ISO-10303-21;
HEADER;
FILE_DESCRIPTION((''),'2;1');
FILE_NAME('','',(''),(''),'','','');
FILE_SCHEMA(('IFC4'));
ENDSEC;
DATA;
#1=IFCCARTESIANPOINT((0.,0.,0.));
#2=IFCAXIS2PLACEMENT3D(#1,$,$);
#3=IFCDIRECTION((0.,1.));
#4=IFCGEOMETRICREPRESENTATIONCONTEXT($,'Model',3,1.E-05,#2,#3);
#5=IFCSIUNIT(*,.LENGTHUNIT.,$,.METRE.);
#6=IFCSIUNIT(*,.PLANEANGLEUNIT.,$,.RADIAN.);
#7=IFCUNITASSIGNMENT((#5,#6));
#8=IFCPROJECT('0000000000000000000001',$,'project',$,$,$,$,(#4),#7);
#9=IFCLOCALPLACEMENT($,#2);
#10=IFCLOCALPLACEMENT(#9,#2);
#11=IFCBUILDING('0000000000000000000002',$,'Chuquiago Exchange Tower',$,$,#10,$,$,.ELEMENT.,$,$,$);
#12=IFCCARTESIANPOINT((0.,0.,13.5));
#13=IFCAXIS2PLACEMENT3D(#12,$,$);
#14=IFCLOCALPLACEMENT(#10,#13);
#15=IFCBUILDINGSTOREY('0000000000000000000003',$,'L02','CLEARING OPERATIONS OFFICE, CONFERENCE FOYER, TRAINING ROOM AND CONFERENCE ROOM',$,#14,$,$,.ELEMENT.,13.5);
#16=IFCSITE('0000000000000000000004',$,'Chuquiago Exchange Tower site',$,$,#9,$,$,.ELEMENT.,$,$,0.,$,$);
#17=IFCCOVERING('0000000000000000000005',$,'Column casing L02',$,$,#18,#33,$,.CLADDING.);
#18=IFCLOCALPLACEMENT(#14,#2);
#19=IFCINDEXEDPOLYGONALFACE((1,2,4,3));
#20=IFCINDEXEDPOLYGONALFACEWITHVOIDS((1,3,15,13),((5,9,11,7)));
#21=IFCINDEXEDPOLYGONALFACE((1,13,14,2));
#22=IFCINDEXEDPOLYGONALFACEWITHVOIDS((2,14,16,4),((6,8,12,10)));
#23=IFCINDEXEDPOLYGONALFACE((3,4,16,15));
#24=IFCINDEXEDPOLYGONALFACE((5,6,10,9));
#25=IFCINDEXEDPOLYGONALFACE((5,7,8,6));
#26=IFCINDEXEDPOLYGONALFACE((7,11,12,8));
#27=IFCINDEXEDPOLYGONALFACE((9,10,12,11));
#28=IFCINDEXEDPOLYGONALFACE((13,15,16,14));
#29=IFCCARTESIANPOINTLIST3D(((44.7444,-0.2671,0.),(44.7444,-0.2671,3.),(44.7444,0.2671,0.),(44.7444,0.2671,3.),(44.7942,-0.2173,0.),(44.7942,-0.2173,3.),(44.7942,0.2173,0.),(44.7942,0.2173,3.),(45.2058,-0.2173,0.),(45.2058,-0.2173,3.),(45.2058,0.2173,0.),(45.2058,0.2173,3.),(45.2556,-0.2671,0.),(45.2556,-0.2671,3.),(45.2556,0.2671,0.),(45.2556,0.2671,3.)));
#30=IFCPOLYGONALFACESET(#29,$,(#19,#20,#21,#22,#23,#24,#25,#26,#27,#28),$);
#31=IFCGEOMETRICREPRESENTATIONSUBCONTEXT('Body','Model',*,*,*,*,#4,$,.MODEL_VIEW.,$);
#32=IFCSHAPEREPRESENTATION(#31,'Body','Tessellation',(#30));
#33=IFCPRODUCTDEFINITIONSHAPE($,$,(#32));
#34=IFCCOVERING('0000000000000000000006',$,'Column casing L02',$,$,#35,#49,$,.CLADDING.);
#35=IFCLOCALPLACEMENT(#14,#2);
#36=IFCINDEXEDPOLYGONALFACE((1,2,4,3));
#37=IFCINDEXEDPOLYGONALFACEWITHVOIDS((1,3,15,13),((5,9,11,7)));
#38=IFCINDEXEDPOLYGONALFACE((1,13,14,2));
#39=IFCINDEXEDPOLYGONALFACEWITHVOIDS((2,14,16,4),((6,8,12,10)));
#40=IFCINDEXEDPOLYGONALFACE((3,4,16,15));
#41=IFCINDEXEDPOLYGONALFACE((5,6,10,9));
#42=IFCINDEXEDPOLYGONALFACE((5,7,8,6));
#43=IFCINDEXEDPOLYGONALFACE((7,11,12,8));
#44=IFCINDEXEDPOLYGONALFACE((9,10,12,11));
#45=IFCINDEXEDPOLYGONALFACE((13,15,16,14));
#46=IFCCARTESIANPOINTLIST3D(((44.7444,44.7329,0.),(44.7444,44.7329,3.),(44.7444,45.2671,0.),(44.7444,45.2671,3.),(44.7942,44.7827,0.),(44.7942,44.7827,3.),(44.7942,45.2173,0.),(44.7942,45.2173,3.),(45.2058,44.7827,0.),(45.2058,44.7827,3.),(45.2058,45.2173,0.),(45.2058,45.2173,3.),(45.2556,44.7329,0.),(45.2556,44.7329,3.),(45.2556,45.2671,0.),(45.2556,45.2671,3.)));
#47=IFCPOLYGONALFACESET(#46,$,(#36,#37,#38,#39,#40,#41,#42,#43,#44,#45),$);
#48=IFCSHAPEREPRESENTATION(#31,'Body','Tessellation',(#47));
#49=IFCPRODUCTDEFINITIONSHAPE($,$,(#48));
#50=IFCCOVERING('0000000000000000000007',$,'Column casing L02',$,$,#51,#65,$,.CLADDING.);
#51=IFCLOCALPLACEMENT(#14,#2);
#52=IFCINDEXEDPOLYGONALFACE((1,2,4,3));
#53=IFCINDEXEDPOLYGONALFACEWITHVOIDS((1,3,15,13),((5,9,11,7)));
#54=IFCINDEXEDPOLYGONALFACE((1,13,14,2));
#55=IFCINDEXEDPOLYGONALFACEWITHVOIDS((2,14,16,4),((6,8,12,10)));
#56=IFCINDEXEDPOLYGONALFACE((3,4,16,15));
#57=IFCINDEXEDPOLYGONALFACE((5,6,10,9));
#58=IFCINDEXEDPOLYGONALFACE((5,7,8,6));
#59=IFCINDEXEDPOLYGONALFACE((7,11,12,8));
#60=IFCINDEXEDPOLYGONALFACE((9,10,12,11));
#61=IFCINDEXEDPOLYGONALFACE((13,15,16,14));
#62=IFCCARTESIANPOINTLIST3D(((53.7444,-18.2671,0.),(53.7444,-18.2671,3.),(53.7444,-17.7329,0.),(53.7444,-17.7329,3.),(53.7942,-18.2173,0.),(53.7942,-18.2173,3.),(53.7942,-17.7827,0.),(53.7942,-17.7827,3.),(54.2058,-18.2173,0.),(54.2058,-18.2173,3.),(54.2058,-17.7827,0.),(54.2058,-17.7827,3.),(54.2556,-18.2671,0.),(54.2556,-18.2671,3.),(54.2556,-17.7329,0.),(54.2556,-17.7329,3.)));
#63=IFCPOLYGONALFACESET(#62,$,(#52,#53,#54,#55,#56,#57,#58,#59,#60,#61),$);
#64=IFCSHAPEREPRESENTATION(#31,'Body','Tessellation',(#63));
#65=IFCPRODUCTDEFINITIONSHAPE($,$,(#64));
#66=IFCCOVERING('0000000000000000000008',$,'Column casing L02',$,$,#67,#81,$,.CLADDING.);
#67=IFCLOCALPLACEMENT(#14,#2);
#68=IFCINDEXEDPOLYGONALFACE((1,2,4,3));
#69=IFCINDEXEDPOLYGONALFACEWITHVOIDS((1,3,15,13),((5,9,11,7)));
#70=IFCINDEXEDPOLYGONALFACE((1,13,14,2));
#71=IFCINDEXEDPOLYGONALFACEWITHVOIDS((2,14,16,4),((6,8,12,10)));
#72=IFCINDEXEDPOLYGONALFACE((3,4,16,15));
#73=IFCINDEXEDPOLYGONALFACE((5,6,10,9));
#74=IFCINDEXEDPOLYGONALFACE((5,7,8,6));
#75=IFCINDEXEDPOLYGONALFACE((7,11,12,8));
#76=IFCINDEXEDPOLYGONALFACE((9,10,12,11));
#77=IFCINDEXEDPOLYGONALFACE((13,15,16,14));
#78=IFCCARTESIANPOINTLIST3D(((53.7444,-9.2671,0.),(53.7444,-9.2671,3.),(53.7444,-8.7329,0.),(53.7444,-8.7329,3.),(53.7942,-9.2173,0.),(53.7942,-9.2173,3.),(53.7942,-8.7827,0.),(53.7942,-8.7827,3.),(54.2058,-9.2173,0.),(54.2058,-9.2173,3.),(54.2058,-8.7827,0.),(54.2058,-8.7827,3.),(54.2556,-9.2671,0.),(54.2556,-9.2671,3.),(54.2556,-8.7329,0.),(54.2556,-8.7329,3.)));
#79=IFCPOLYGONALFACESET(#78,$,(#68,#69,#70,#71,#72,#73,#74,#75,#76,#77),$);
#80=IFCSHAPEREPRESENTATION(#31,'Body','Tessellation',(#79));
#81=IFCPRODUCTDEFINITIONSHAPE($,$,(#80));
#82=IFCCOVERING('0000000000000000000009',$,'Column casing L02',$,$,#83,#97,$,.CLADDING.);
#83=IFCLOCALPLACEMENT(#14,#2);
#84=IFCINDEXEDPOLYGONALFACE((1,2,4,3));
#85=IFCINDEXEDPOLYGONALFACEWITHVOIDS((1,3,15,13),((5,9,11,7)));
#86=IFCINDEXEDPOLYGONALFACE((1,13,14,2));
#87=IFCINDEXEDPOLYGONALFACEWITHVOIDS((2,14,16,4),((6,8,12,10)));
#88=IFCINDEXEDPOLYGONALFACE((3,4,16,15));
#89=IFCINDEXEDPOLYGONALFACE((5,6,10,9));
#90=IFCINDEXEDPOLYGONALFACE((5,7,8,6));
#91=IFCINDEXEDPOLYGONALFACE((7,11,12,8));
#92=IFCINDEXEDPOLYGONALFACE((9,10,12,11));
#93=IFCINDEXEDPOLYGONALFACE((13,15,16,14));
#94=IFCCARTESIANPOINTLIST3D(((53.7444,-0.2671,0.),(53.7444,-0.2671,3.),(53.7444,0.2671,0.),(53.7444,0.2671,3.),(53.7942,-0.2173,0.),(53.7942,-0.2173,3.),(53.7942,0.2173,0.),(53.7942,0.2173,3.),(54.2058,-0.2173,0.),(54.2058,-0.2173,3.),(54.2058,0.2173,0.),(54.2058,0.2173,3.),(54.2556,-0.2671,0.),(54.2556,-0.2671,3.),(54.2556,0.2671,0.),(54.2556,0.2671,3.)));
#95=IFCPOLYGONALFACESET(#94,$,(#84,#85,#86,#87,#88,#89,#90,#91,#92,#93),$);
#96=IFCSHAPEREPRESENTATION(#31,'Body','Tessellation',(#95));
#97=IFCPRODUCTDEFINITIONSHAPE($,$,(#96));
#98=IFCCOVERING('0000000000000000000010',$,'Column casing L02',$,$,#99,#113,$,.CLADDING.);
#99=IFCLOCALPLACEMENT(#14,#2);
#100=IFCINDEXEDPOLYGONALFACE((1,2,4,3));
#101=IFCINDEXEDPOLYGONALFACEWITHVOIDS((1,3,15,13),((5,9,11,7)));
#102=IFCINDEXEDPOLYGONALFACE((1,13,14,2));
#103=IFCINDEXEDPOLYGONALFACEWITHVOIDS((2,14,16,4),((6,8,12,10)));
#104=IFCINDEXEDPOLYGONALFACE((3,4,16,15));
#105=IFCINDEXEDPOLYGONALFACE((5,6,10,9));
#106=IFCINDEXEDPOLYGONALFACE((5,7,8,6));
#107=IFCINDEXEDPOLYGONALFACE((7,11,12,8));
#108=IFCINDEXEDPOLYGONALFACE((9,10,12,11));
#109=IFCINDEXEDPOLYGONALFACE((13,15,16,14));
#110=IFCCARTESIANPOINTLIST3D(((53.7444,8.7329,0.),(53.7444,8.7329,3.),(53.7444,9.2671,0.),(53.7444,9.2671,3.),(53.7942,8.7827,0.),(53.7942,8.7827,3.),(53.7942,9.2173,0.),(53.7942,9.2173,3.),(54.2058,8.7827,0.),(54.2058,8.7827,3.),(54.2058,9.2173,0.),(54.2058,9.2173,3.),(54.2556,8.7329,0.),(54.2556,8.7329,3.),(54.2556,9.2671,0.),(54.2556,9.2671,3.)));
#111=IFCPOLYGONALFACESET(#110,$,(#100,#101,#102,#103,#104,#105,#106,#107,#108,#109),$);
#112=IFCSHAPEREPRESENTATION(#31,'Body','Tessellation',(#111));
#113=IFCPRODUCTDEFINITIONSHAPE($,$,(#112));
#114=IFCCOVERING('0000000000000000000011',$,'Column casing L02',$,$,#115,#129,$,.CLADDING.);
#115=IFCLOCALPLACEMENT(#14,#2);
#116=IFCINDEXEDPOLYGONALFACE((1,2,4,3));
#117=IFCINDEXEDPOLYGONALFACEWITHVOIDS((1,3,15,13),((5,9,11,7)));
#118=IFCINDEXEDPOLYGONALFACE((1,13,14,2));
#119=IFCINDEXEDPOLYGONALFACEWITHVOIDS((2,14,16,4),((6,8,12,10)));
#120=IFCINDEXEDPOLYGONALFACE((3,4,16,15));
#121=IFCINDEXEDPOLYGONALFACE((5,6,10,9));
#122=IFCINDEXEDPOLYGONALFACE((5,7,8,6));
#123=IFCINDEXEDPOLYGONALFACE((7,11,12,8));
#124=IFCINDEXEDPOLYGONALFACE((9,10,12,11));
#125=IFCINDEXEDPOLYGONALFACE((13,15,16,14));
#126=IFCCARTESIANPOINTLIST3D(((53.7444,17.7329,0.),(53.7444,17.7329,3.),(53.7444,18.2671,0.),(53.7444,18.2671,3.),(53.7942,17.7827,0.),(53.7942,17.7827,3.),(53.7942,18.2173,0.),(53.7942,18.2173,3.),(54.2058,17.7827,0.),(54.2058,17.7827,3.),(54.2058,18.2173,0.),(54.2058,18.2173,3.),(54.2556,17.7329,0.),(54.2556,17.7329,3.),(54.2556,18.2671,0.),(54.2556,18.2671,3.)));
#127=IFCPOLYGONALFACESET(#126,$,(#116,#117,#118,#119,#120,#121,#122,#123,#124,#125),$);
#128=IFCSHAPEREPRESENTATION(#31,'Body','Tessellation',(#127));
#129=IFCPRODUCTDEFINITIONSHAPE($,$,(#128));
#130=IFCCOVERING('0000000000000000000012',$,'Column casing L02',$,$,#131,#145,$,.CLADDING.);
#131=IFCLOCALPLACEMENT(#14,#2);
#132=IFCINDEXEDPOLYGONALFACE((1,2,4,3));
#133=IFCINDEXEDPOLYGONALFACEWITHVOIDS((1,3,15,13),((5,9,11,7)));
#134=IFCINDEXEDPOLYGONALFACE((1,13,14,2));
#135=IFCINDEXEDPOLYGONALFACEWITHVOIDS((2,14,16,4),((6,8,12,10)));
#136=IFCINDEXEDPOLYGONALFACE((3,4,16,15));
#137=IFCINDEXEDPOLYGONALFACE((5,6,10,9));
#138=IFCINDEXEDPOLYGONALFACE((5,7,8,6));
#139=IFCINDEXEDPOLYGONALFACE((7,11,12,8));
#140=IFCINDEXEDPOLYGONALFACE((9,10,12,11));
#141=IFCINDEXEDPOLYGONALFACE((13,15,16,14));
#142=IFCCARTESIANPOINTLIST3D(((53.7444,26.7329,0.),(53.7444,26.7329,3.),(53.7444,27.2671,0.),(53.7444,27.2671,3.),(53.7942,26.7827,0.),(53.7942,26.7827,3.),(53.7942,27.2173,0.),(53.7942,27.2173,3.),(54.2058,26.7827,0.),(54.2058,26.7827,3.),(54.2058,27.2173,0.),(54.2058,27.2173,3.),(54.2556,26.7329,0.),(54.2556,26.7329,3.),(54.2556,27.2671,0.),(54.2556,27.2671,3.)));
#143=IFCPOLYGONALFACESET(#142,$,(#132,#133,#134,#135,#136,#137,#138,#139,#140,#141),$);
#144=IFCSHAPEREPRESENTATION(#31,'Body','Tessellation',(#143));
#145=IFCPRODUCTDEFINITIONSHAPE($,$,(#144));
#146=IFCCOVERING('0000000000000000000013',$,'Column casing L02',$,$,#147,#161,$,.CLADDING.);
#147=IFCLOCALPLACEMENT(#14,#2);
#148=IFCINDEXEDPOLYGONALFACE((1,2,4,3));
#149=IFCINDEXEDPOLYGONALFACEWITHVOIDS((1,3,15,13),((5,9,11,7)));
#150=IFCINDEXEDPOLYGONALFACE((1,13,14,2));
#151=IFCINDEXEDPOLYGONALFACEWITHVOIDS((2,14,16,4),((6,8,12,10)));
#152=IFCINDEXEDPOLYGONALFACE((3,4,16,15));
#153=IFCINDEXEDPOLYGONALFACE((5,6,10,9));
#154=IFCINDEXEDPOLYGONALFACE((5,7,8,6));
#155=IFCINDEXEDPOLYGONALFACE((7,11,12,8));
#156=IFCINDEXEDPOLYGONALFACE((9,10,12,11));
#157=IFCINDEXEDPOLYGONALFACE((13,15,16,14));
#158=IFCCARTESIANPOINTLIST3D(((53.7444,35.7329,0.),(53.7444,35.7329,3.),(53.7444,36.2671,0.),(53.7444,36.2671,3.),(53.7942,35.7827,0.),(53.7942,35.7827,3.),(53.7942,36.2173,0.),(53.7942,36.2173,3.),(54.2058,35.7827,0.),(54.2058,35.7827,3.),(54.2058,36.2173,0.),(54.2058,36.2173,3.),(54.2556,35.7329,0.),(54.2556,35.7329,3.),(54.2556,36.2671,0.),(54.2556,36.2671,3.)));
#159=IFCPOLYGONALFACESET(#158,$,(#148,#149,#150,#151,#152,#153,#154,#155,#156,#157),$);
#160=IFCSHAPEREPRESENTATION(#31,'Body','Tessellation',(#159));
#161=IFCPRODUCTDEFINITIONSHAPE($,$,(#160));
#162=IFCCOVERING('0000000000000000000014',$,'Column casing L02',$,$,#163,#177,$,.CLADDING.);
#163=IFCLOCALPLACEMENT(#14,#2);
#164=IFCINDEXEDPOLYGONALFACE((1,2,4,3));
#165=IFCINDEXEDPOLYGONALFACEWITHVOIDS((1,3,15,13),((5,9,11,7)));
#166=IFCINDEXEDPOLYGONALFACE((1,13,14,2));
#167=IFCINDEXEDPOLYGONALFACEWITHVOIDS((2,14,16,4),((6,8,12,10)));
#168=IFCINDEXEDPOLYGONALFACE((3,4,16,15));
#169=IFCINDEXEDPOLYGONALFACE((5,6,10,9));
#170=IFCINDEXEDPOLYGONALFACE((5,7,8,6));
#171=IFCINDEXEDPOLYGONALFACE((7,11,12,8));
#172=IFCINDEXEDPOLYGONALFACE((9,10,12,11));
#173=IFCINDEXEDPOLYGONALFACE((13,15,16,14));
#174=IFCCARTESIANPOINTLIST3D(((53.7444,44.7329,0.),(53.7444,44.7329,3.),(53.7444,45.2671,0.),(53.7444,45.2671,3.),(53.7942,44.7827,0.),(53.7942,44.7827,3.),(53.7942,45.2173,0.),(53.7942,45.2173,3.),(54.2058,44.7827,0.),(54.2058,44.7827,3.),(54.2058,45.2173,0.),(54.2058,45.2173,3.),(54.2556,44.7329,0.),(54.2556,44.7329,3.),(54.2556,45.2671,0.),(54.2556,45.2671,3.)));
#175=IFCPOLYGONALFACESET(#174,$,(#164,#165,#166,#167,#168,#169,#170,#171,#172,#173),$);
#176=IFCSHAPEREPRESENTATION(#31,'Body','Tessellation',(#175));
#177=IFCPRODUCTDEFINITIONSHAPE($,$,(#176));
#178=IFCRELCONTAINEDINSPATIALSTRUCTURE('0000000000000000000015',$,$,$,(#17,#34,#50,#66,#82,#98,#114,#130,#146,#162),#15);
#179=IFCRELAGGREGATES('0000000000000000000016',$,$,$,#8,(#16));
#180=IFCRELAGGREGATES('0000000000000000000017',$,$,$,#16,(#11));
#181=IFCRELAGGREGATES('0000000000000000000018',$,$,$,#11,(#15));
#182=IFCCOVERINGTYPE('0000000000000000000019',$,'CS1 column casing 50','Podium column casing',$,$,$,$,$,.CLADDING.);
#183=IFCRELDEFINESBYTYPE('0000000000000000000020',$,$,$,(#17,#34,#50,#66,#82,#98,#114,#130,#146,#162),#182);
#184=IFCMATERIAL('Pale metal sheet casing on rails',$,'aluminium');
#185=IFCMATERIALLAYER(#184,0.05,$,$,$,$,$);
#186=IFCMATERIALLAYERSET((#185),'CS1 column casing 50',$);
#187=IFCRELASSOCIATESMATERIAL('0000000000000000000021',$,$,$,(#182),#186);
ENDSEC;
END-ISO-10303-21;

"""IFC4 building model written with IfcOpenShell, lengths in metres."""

from ifc_helpers import new_model, si_unit, direction, frame, origin, place, context, subcontext, project, spatial, polyline, outline, extrude, material, layer, layer_set, type_object, element, save


model = new_model("IFC4")

# Units and contexts
model_context = context("Model", 3, precision=1e-05, world=origin(), true_north=direction((0.0, 1.0)))
body_context = subcontext(model_context, "Body", "Model", "MODEL_VIEW")
ifc_project = project(units=[si_unit("LENGTHUNIT", "METRE"), si_unit("PLANEANGLEUNIT", "RADIAN")], contexts=[model_context])

# Site, building, storey
site_placement = place(None, origin())
site = spatial("IfcSite", under=ifc_project, at=site_placement, Name="Chuquiago Exchange Tower site", CompositionType="ELEMENT", RefElevation=0.0)
building_placement = place(site_placement, origin())
building = spatial("IfcBuilding", under=site, at=building_placement, Name="Chuquiago Exchange Tower", CompositionType="ELEMENT")
storey_placement = place(building_placement, frame((0.0, 0.0, 13.5)))
storey = spatial("IfcBuildingStorey", under=building, at=storey_placement, Name="L02", Description="CLEARING OPERATIONS OFFICE, CONFERENCE FOYER, TRAINING ROOM AND CONFERENCE ROOM", CompositionType="ELEMENT", Elevation=13.5)

# Coverings
ifc_material_1 = material(Name="Pale metal sheet casing on rails", Category="aluminium")
ifc_layer = layer(ifc_material_1, 0.05)
ifc_layer_set = layer_set([ifc_layer], Name="CS1 column casing 50")
covering_type = type_object("IfcCoveringType", Name="CS1 column casing 50", Description="Podium column casing", PredefinedType="CLADDING", material=ifc_layer_set)
covering_1_placement = place(storey_placement, origin())
element("IfcCovering", 1, at=covering_1_placement, inside=storey, type_object=covering_type, Name="Column casing L02", PredefinedType="CLADDING", context=body_context, shape_type="SweptSolid", body=[
    extrude(outline(polyline([(44.7444, -0.2671), (45.2556, -0.2671), (45.2556, 0.2671), (44.7444, 0.2671), (44.7444, -0.2671)]), holes=[polyline([(44.7942, -0.2173), (44.7942, 0.2173), (45.2058, 0.2173), (45.2058, -0.2173), (44.7942, -0.2173)])]), origin(), (0.0, 0.0, 1.0), 3.0),
])
covering_2_placement = place(storey_placement, origin())
element("IfcCovering", 2, at=covering_2_placement, inside=storey, type_object=covering_type, Name="Column casing L02", PredefinedType="CLADDING", context=body_context, shape_type="SweptSolid", body=[
    extrude(outline(polyline([(44.7444, 44.7329), (45.2556, 44.7329), (45.2556, 45.2671), (44.7444, 45.2671), (44.7444, 44.7329)]), holes=[polyline([(44.7942, 44.7827), (44.7942, 45.2173), (45.2058, 45.2173), (45.2058, 44.7827), (44.7942, 44.7827)])]), origin(), (0.0, 0.0, 1.0), 3.0),
])
covering_3_placement = place(storey_placement, origin())
element("IfcCovering", 3, at=covering_3_placement, inside=storey, type_object=covering_type, Name="Column casing L02", PredefinedType="CLADDING", context=body_context, shape_type="SweptSolid", body=[
    extrude(outline(polyline([(53.7444, -18.2671), (54.2556, -18.2671), (54.2556, -17.7329), (53.7444, -17.7329), (53.7444, -18.2671)]), holes=[polyline([(53.7942, -18.2173), (53.7942, -17.7827), (54.2058, -17.7827), (54.2058, -18.2173), (53.7942, -18.2173)])]), origin(), (0.0, 0.0, 1.0), 3.0),
])
covering_4_placement = place(storey_placement, origin())
element("IfcCovering", 4, at=covering_4_placement, inside=storey, type_object=covering_type, Name="Column casing L02", PredefinedType="CLADDING", context=body_context, shape_type="SweptSolid", body=[
    extrude(outline(polyline([(53.7444, -9.2671), (54.2556, -9.2671), (54.2556, -8.7329), (53.7444, -8.7329), (53.7444, -9.2671)]), holes=[polyline([(53.7942, -9.2173), (53.7942, -8.7827), (54.2058, -8.7827), (54.2058, -9.2173), (53.7942, -9.2173)])]), origin(), (0.0, 0.0, 1.0), 3.0),
])
covering_5_placement = place(storey_placement, origin())
element("IfcCovering", 5, at=covering_5_placement, inside=storey, type_object=covering_type, Name="Column casing L02", PredefinedType="CLADDING", context=body_context, shape_type="SweptSolid", body=[
    extrude(outline(polyline([(53.7444, -0.2671), (54.2556, -0.2671), (54.2556, 0.2671), (53.7444, 0.2671), (53.7444, -0.2671)]), holes=[polyline([(53.7942, -0.2173), (53.7942, 0.2173), (54.2058, 0.2173), (54.2058, -0.2173), (53.7942, -0.2173)])]), origin(), (0.0, 0.0, 1.0), 3.0),
])
covering_6_placement = place(storey_placement, origin())
element("IfcCovering", 6, at=covering_6_placement, inside=storey, type_object=covering_type, Name="Column casing L02", PredefinedType="CLADDING", context=body_context, shape_type="SweptSolid", body=[
    extrude(outline(polyline([(53.7444, 8.7329), (54.2556, 8.7329), (54.2556, 9.2671), (53.7444, 9.2671), (53.7444, 8.7329)]), holes=[polyline([(53.7942, 8.7827), (53.7942, 9.2173), (54.2058, 9.2173), (54.2058, 8.7827), (53.7942, 8.7827)])]), origin(), (0.0, 0.0, 1.0), 3.0),
])
covering_7_placement = place(storey_placement, origin())
element("IfcCovering", 7, at=covering_7_placement, inside=storey, type_object=covering_type, Name="Column casing L02", PredefinedType="CLADDING", context=body_context, shape_type="SweptSolid", body=[
    extrude(outline(polyline([(53.7444, 17.7329), (54.2556, 17.7329), (54.2556, 18.2671), (53.7444, 18.2671), (53.7444, 17.7329)]), holes=[polyline([(53.7942, 17.7827), (53.7942, 18.2173), (54.2058, 18.2173), (54.2058, 17.7827), (53.7942, 17.7827)])]), origin(), (0.0, 0.0, 1.0), 3.0),
])
covering_8_placement = place(storey_placement, origin())
element("IfcCovering", 8, at=covering_8_placement, inside=storey, type_object=covering_type, Name="Column casing L02", PredefinedType="CLADDING", context=body_context, shape_type="SweptSolid", body=[
    extrude(outline(polyline([(53.7444, 26.7329), (54.2556, 26.7329), (54.2556, 27.2671), (53.7444, 27.2671), (53.7444, 26.7329)]), holes=[polyline([(53.7942, 26.7827), (53.7942, 27.2173), (54.2058, 27.2173), (54.2058, 26.7827), (53.7942, 26.7827)])]), origin(), (0.0, 0.0, 1.0), 3.0),
])
covering_9_placement = place(storey_placement, origin())
element("IfcCovering", 9, at=covering_9_placement, inside=storey, type_object=covering_type, Name="Column casing L02", PredefinedType="CLADDING", context=body_context, shape_type="SweptSolid", body=[
    extrude(outline(polyline([(53.7444, 35.7329), (54.2556, 35.7329), (54.2556, 36.2671), (53.7444, 36.2671), (53.7444, 35.7329)]), holes=[polyline([(53.7942, 35.7827), (53.7942, 36.2173), (54.2058, 36.2173), (54.2058, 35.7827), (53.7942, 35.7827)])]), origin(), (0.0, 0.0, 1.0), 3.0),
])
covering_10_placement = place(storey_placement, origin())
element("IfcCovering", 10, at=covering_10_placement, inside=storey, type_object=covering_type, Name="Column casing L02", PredefinedType="CLADDING", context=body_context, shape_type="SweptSolid", body=[
    extrude(outline(polyline([(53.7444, 44.7329), (54.2556, 44.7329), (54.2556, 45.2671), (53.7444, 45.2671), (53.7444, 44.7329)]), holes=[polyline([(53.7942, 44.7827), (53.7942, 45.2173), (54.2058, 45.2173), (54.2058, 44.7827), (53.7942, 44.7827)])]), origin(), (0.0, 0.0, 1.0), 3.0),
])

save(model, "model.ifc")
